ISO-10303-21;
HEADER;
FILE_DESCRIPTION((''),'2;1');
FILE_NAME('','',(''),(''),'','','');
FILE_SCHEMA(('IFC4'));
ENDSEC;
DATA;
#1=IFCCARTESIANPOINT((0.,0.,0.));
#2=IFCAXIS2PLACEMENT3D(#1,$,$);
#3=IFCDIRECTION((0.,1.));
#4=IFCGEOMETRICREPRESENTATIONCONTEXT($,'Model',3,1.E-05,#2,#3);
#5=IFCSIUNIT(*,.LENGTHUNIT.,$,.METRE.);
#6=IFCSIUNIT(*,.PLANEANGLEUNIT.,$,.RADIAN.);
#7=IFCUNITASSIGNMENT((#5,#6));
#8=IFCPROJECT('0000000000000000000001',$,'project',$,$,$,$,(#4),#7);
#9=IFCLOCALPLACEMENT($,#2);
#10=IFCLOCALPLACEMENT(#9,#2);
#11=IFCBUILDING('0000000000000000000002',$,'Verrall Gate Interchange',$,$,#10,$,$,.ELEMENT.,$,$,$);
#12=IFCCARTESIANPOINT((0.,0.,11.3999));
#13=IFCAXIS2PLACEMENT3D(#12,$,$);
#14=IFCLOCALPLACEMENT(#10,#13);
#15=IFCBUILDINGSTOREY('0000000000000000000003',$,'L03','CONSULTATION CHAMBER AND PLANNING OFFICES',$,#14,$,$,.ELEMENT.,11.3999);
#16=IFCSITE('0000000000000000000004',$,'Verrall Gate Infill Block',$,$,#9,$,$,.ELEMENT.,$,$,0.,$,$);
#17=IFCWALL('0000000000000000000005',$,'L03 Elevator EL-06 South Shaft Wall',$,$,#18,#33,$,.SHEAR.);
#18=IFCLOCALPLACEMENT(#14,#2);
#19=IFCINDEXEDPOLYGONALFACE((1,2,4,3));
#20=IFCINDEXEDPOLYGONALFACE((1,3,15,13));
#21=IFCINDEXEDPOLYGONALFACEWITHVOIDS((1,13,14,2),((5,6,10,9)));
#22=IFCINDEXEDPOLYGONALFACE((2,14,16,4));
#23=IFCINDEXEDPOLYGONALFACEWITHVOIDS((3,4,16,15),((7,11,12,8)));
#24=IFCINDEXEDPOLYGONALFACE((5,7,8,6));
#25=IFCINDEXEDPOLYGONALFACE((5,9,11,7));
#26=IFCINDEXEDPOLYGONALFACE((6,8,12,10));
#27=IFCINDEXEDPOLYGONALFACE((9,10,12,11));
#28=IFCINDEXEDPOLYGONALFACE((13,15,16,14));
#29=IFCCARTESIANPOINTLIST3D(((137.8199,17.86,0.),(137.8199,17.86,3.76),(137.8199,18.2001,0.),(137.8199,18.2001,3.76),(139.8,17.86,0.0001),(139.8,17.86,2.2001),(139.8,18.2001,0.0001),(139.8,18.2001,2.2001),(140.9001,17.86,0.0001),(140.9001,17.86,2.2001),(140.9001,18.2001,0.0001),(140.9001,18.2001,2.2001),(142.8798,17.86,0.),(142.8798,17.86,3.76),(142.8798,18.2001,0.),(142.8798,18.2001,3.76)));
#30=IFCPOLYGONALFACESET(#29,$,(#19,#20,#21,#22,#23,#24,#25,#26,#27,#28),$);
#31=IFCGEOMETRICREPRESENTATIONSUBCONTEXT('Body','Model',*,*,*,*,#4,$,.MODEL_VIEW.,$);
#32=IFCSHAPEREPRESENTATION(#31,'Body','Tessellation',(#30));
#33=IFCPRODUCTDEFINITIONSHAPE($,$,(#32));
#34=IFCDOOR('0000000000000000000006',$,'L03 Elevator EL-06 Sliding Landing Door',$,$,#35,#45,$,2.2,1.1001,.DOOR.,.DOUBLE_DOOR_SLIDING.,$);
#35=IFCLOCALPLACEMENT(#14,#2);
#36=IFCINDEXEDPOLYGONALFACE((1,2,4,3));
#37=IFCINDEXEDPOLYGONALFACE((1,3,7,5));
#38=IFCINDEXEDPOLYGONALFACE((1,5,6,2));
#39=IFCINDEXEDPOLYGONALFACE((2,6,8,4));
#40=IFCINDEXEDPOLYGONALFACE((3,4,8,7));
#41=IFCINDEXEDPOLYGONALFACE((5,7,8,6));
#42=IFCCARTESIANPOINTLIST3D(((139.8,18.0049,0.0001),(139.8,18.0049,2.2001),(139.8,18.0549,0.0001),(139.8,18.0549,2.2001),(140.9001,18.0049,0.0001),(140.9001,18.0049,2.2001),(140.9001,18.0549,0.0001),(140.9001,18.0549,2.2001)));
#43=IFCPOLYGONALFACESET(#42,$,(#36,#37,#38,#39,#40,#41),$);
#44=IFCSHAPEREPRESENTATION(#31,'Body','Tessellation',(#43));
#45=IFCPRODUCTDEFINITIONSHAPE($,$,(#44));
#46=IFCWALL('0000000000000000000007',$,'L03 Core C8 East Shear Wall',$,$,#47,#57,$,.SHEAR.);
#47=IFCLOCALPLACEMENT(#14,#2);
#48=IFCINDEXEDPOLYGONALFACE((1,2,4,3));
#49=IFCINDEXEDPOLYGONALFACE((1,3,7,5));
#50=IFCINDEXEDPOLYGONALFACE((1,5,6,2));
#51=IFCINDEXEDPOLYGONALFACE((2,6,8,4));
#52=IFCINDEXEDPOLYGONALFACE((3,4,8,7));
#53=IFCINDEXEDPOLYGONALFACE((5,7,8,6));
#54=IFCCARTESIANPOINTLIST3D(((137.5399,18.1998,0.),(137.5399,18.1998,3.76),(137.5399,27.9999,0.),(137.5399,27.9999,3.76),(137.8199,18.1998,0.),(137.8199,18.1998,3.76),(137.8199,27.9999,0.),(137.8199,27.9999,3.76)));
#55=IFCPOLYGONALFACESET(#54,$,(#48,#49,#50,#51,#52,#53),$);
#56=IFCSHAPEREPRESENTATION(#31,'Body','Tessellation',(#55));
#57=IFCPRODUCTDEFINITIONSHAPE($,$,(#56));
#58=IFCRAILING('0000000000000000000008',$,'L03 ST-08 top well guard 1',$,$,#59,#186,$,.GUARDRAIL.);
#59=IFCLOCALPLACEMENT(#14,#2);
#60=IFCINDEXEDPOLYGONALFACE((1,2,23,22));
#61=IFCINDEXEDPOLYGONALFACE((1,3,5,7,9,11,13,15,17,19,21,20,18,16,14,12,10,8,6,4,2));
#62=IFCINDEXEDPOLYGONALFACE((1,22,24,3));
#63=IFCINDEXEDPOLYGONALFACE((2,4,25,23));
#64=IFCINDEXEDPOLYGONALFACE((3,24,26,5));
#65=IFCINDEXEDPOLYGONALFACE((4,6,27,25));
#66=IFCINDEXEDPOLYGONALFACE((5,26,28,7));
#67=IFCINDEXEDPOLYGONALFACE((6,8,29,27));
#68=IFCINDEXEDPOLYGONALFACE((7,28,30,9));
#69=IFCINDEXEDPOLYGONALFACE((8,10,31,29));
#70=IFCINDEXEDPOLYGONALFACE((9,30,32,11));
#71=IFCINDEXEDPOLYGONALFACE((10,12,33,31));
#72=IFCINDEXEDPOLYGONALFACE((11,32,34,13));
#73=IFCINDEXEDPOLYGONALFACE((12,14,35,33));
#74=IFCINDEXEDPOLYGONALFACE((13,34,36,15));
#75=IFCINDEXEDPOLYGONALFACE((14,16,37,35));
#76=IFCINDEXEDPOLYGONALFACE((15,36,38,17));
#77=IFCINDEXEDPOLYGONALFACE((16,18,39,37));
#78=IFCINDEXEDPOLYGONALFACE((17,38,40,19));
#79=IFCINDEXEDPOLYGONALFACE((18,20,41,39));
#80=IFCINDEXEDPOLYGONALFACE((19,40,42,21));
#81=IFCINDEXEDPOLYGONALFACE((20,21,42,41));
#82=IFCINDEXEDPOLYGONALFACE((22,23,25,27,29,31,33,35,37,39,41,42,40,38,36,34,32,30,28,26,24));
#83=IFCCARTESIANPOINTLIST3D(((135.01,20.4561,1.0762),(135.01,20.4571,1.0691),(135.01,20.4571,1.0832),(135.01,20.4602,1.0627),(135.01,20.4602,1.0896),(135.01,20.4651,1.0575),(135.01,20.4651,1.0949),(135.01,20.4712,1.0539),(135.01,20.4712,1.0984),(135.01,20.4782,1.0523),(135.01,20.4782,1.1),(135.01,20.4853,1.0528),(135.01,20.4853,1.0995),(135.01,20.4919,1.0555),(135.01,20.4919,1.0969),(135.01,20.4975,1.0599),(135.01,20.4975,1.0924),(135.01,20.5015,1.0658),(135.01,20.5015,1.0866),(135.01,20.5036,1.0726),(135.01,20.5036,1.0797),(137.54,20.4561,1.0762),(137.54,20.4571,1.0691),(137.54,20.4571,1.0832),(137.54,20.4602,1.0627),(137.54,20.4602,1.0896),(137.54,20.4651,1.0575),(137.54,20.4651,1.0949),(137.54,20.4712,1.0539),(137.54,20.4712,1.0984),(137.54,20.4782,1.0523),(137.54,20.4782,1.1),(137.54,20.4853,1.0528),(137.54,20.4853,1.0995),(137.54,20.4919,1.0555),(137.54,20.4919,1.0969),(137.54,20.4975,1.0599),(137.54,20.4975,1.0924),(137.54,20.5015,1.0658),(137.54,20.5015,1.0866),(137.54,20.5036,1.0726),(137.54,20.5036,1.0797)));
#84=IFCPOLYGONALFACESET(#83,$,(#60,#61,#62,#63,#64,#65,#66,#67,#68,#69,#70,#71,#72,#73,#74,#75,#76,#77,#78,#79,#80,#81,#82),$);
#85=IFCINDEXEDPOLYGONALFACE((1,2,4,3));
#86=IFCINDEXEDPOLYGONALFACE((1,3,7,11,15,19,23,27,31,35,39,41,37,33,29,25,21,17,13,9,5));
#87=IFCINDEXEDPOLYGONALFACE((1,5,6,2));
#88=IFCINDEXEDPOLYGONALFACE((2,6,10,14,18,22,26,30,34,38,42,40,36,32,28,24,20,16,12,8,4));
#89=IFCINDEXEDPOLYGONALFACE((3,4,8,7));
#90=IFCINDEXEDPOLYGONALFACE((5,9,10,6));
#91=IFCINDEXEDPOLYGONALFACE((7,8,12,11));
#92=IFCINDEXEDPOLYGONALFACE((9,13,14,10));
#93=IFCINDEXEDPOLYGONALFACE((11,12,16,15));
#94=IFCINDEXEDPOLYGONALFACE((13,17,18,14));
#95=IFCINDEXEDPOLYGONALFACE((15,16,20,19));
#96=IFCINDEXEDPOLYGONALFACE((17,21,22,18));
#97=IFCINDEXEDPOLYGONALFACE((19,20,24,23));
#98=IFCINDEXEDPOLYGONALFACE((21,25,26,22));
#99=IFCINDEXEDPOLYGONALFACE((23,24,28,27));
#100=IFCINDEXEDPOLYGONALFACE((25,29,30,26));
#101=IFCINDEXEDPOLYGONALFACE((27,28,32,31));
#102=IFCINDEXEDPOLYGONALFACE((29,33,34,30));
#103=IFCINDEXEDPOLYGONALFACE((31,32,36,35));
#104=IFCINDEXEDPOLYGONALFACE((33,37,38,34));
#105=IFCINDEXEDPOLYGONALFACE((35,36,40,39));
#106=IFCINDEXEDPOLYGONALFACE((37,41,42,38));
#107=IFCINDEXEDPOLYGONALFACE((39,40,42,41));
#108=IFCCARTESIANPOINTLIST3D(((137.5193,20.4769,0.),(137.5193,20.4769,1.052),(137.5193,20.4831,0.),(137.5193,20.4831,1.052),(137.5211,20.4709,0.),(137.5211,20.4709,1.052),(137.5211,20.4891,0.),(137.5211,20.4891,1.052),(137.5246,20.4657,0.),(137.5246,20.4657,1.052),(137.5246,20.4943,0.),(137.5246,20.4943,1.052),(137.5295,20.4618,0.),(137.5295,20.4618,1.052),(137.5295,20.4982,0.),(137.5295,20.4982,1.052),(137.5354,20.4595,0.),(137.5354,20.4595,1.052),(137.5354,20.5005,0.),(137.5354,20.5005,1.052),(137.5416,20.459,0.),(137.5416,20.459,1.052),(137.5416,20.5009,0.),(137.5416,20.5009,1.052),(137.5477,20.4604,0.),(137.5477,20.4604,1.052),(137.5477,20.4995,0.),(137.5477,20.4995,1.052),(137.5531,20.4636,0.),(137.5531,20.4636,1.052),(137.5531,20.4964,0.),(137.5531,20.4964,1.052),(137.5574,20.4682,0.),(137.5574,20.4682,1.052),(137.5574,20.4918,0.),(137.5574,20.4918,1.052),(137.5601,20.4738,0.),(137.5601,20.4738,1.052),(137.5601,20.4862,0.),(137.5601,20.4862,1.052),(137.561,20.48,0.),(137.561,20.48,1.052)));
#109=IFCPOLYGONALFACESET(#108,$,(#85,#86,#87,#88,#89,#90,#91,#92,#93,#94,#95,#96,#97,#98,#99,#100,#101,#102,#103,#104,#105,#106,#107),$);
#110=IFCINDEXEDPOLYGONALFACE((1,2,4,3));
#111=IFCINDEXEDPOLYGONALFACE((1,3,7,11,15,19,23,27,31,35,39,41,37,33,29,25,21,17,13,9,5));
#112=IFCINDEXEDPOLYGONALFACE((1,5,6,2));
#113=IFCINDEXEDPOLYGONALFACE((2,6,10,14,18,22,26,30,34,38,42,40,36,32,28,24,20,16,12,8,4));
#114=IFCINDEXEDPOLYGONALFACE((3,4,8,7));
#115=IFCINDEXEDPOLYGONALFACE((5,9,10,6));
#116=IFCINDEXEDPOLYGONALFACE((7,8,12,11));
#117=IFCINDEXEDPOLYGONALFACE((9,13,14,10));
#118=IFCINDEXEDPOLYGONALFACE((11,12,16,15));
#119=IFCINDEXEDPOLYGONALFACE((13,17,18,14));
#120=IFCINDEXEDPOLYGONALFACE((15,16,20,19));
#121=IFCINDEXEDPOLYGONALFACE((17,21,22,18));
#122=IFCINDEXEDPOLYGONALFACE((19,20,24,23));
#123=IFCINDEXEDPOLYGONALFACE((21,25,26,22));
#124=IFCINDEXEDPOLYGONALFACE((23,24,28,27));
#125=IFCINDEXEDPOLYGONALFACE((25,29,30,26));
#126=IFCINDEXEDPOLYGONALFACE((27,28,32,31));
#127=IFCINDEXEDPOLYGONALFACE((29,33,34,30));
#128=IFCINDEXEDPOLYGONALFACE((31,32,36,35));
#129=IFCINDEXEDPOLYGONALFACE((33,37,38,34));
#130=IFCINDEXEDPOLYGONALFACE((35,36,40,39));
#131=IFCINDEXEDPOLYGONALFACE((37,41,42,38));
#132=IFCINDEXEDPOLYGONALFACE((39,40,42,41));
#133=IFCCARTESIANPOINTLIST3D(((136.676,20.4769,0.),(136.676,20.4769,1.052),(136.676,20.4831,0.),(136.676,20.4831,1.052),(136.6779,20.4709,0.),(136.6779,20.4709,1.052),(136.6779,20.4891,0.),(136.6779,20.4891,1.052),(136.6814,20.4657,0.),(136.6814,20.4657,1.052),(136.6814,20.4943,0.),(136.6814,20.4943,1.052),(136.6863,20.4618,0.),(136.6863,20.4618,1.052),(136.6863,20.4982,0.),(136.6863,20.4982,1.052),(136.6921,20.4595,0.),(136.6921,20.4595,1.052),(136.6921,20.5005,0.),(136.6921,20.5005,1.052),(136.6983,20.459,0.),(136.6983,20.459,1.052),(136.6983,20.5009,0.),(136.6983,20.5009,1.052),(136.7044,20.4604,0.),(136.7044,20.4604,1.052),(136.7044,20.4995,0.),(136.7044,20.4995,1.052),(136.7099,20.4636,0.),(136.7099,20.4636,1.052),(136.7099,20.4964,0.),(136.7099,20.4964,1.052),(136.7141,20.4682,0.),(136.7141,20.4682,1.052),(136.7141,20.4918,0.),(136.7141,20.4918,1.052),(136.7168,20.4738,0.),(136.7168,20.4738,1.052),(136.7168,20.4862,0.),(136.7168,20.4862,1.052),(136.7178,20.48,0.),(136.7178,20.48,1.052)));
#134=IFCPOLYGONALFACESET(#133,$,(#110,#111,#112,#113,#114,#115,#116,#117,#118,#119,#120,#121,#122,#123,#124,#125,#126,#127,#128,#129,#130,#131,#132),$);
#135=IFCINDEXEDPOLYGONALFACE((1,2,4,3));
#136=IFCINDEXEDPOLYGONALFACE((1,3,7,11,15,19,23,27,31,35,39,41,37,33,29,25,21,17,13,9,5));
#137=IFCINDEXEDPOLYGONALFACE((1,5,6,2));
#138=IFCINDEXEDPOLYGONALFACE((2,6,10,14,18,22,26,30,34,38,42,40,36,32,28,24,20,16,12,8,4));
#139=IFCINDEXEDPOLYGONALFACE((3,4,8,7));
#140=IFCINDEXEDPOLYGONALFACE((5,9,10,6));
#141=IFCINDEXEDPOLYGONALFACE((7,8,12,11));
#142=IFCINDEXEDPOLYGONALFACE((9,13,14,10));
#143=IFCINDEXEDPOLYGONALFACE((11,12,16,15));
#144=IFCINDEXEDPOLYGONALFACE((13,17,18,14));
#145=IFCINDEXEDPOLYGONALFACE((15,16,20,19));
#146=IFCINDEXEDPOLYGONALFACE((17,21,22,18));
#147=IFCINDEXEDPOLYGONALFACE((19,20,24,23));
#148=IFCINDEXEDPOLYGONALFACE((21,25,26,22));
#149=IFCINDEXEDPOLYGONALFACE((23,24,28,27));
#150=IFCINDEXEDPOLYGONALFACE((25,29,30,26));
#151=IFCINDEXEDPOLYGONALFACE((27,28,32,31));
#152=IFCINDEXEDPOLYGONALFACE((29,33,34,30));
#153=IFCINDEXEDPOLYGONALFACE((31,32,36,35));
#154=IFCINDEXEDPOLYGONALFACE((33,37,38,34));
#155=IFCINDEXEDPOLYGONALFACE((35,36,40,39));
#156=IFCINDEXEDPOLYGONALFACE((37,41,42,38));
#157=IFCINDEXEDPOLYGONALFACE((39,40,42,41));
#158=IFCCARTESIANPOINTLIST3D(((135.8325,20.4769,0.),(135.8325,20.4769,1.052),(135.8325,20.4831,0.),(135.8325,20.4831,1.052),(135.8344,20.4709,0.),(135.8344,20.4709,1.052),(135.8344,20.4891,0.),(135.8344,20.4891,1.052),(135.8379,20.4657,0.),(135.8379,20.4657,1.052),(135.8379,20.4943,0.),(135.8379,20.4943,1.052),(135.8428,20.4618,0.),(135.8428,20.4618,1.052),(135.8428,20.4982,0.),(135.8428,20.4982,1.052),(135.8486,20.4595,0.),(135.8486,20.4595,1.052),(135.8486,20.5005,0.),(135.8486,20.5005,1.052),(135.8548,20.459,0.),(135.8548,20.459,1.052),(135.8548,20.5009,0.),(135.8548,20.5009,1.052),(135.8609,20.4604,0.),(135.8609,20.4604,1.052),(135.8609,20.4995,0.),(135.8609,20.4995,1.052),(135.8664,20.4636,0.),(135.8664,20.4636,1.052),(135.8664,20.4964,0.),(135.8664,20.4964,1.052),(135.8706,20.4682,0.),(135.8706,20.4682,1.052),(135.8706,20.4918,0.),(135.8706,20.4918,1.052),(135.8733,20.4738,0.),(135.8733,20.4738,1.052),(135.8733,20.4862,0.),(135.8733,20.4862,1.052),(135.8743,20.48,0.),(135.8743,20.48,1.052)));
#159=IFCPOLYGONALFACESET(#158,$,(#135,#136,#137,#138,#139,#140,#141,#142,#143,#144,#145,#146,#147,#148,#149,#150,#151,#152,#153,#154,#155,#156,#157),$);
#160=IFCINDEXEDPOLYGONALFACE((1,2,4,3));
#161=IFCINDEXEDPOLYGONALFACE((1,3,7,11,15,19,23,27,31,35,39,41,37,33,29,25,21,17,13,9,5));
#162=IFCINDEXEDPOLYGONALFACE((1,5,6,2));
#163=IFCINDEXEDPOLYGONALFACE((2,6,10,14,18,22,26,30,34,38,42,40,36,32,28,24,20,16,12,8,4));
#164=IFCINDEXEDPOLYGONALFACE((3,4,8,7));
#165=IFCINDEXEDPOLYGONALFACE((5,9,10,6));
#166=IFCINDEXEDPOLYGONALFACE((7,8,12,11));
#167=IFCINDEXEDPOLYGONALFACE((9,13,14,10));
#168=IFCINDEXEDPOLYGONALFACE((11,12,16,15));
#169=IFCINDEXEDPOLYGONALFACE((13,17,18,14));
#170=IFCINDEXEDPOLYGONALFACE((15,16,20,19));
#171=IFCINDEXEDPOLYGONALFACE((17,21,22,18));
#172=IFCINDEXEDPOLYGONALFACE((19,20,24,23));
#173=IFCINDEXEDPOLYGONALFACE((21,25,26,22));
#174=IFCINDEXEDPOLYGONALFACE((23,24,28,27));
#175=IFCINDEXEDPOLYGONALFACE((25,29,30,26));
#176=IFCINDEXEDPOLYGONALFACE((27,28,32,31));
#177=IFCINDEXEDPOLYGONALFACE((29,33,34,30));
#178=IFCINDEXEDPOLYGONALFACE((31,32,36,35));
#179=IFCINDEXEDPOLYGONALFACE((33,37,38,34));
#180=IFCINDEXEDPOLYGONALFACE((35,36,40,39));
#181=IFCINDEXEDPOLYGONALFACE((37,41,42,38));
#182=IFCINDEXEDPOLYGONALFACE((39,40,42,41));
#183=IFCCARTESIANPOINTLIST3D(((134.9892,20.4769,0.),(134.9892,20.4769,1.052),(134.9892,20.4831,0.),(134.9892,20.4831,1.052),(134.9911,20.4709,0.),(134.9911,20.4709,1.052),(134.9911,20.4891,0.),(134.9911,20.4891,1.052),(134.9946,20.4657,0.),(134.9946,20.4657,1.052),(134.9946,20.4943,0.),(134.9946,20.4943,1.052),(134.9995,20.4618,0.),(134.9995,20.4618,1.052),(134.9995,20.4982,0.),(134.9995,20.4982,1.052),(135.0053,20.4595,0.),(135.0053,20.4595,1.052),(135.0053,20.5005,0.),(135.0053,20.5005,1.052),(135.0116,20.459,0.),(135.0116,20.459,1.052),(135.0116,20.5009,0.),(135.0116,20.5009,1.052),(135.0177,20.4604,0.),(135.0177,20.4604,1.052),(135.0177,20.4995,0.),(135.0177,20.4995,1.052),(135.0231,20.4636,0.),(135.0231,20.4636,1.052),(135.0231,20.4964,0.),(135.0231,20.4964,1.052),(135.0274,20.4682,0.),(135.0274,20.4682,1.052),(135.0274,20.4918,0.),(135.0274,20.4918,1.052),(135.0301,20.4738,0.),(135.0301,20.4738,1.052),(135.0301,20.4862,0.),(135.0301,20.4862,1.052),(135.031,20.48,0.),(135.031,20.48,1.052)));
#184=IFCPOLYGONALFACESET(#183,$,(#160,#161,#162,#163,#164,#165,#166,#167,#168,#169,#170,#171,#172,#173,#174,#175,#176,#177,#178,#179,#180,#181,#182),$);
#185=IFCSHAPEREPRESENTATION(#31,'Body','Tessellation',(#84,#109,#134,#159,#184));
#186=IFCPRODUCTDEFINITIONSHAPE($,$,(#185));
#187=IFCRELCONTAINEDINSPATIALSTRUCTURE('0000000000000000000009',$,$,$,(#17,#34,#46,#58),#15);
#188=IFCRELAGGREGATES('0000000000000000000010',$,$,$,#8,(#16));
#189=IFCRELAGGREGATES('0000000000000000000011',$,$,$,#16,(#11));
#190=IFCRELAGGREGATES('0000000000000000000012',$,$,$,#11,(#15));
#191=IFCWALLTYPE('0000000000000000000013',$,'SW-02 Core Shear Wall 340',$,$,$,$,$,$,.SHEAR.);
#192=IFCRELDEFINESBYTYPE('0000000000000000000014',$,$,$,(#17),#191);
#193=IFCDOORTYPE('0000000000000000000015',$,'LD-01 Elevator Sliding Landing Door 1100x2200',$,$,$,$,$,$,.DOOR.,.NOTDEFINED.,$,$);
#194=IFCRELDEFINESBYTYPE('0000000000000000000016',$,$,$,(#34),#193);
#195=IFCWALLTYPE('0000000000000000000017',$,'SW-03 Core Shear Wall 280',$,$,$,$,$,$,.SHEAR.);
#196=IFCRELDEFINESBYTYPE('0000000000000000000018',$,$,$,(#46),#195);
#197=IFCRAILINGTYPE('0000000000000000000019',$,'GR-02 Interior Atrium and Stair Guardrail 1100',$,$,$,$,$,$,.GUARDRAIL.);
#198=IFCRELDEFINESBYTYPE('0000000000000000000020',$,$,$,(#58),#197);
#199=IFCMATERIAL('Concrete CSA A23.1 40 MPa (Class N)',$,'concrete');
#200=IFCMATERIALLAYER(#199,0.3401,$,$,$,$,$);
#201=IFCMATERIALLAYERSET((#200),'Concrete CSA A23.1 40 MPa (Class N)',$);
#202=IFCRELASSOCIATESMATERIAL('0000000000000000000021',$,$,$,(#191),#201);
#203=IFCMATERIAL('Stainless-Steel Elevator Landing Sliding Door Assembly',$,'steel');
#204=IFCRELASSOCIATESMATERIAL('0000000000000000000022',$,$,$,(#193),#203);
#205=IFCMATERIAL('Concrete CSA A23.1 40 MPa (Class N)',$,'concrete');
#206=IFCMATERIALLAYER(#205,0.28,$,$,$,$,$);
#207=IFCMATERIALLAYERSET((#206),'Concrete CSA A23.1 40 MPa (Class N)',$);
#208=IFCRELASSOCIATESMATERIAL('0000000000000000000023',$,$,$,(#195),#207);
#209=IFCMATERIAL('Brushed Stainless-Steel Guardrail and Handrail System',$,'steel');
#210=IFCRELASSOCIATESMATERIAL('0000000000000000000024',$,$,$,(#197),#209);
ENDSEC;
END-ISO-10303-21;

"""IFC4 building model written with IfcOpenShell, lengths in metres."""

from ifc_helpers import new_model, si_unit, direction, frame, frame_2d, origin, origin_2d, place, context, subcontext, project, spatial, rectangle, circle, extrude, material, layer, layer_set, type_object, element, fill, save


model = new_model("IFC4")

# Units and contexts
model_context = context("Model", 3, precision=1e-05, world=origin(), true_north=direction((0.0, 1.0)))
body_context = subcontext(model_context, "Body", "Model", "MODEL_VIEW")
ifc_project = project(units=[si_unit("LENGTHUNIT", "METRE"), si_unit("PLANEANGLEUNIT", "RADIAN")], contexts=[model_context])

# Site, building, storey
site_placement = place(None, origin())
site = spatial("IfcSite", under=ifc_project, at=site_placement, Name="Verrall Gate Infill Block", CompositionType="ELEMENT", RefElevation=0.0)
building_placement = place(site_placement, origin())
building = spatial("IfcBuilding", under=site, at=building_placement, Name="Verrall Gate Interchange", CompositionType="ELEMENT")
storey_placement = place(building_placement, frame((0.0, 0.0, 11.3999)))
storey = spatial("IfcBuildingStorey", under=building, at=storey_placement, Name="L03", Description="CONSULTATION CHAMBER AND PLANNING OFFICES", CompositionType="ELEMENT", Elevation=11.3999)

# Wall, opening, door
ifc_material_1 = material(Name="Concrete CSA A23.1 40 MPa (Class N)", Category="concrete")
ifc_layer_1 = layer(ifc_material_1, 0.3401)
ifc_layer_set_1 = layer_set([ifc_layer_1], Name="Concrete CSA A23.1 40 MPa (Class N)")
wall_type_1 = type_object("IfcWallType", Name="SW-02 Core Shear Wall 340", PredefinedType="SHEAR", material=ifc_layer_set_1)
wall_1_placement = place(storey_placement, frame((137.8201, 18.03, 0.0), z_axis=(0.0, 0.0, 1.0), x_axis=(1.0, 0.0, 0.0)))
wall_1 = element("IfcWall", 1, at=wall_1_placement, inside=storey, type_object=wall_type_1, Name="L03 Elevator EL-06 South Shaft Wall", PredefinedType="SHEAR", context=body_context, shape_type="SweptSolid", body=[
    extrude(rectangle(XDim=5.0598, YDim=0.3401, at=frame_2d((2.5298, 0.0))), origin(), (0.0, 0.0, 1.0), 3.76),
])
opening_1_placement = place(wall_1_placement, frame((1.98, 0.0, 0.0)))
opening_1 = element("IfcOpeningElement", 2, at=opening_1_placement, cuts=wall_1, PredefinedType="OPENING", context=body_context, shape_type="SweptSolid", body=[
    extrude(rectangle(XDim=1.1001, YDim=2.2, at=frame_2d((0.55, 1.1001))), frame((0.0, 0.1851, 0.0), z_axis=(0.0, -1.0, 0.0), x_axis=(1.0, 0.0, 0.0)), (0.0, 0.0, 1.0), 0.3699),
])
ifc_material_2 = material(Name="Stainless-Steel Elevator Landing Sliding Door Assembly", Category="steel")
door_type_1 = type_object("IfcDoorType", Name="LD-01 Elevator Sliding Landing Door 1100x2200", OperationType="NOTDEFINED", PredefinedType="DOOR", material=ifc_material_2)
door_1_placement = place(opening_1_placement, origin())
door_1 = element("IfcDoor", 3, at=door_1_placement, inside=storey, type_object=door_type_1, Name="L03 Elevator EL-06 Sliding Landing Door", OperationType="DOUBLE_DOOR_SLIDING", OverallHeight=2.2, OverallWidth=1.1001, PredefinedType="DOOR", context=body_context, shape_type="SweptSolid", body=[
    extrude(rectangle(XDim=1.1001, YDim=2.2, at=frame_2d((0.55, 1.1001))), frame((0.0, 0.0249, 0.0), z_axis=(0.0, -1.0, 0.0), x_axis=(1.0, 0.0, 0.0)), (0.0, 0.0, 1.0), 0.05),
])
fill(opening_1, door_1)
ifc_material_3 = material(Name="Concrete CSA A23.1 40 MPa (Class N)", Category="concrete")
ifc_layer_2 = layer(ifc_material_3, 0.28)
ifc_layer_set_2 = layer_set([ifc_layer_2], Name="Concrete CSA A23.1 40 MPa (Class N)")
wall_type_2 = type_object("IfcWallType", Name="SW-03 Core Shear Wall 280", PredefinedType="SHEAR", material=ifc_layer_set_2)

# Wall
wall_2_placement = place(storey_placement, frame((137.6799, 18.2, 0.0), z_axis=(0.0, 0.0, 1.0), x_axis=(0.0, 1.0, 0.0)))
element("IfcWall", 4, at=wall_2_placement, inside=storey, type_object=wall_type_2, Name="L03 Core C8 East Shear Wall", PredefinedType="SHEAR", context=body_context, shape_type="SweptSolid", body=[
    extrude(rectangle(XDim=9.8, YDim=0.28, at=frame_2d((4.8999, 0.0))), origin(), (0.0, 0.0, 1.0), 3.76),
])

# Railing
ifc_material_4 = material(Name="Brushed Stainless-Steel Guardrail and Handrail System", Category="steel")
railing_type = type_object("IfcRailingType", Name="GR-02 Interior Atrium and Stair Guardrail 1100", PredefinedType="GUARDRAIL", material=ifc_material_4)
railing_placement = place(storey_placement, frame((137.54, 20.48, 0.0)))
element("IfcRailing", 5, at=railing_placement, inside=storey, type_object=railing_type, Name="L03 ST-08 top well guard 1", PredefinedType="GUARDRAIL", context=body_context, shape_type="SweptSolid", body=[
    extrude(circle(Radius=0.0239, at=origin_2d()), frame((0.0, 0.0, 1.0762), z_axis=(-1.0, 0.0, 0.0), x_axis=(0.0, -1.0, 0.0)), (0.0, 0.0, 1.0), 2.53),
    extrude(circle(Radius=0.021, at=origin_2d()), origin(), (0.0, 0.0, 1.0), 1.052),
    extrude(circle(Radius=0.021, at=origin_2d()), frame((-0.8433, 0.0, 0.0)), (0.0, 0.0, 1.0), 1.052),
    extrude(circle(Radius=0.021, at=origin_2d()), frame((-1.6868, 0.0, 0.0)), (0.0, 0.0, 1.0), 1.052),
    extrude(circle(Radius=0.021, at=origin_2d()), frame((-2.53, 0.0, 0.0)), (0.0, 0.0, 1.0), 1.052),
])

save(model, "model.ifc")
